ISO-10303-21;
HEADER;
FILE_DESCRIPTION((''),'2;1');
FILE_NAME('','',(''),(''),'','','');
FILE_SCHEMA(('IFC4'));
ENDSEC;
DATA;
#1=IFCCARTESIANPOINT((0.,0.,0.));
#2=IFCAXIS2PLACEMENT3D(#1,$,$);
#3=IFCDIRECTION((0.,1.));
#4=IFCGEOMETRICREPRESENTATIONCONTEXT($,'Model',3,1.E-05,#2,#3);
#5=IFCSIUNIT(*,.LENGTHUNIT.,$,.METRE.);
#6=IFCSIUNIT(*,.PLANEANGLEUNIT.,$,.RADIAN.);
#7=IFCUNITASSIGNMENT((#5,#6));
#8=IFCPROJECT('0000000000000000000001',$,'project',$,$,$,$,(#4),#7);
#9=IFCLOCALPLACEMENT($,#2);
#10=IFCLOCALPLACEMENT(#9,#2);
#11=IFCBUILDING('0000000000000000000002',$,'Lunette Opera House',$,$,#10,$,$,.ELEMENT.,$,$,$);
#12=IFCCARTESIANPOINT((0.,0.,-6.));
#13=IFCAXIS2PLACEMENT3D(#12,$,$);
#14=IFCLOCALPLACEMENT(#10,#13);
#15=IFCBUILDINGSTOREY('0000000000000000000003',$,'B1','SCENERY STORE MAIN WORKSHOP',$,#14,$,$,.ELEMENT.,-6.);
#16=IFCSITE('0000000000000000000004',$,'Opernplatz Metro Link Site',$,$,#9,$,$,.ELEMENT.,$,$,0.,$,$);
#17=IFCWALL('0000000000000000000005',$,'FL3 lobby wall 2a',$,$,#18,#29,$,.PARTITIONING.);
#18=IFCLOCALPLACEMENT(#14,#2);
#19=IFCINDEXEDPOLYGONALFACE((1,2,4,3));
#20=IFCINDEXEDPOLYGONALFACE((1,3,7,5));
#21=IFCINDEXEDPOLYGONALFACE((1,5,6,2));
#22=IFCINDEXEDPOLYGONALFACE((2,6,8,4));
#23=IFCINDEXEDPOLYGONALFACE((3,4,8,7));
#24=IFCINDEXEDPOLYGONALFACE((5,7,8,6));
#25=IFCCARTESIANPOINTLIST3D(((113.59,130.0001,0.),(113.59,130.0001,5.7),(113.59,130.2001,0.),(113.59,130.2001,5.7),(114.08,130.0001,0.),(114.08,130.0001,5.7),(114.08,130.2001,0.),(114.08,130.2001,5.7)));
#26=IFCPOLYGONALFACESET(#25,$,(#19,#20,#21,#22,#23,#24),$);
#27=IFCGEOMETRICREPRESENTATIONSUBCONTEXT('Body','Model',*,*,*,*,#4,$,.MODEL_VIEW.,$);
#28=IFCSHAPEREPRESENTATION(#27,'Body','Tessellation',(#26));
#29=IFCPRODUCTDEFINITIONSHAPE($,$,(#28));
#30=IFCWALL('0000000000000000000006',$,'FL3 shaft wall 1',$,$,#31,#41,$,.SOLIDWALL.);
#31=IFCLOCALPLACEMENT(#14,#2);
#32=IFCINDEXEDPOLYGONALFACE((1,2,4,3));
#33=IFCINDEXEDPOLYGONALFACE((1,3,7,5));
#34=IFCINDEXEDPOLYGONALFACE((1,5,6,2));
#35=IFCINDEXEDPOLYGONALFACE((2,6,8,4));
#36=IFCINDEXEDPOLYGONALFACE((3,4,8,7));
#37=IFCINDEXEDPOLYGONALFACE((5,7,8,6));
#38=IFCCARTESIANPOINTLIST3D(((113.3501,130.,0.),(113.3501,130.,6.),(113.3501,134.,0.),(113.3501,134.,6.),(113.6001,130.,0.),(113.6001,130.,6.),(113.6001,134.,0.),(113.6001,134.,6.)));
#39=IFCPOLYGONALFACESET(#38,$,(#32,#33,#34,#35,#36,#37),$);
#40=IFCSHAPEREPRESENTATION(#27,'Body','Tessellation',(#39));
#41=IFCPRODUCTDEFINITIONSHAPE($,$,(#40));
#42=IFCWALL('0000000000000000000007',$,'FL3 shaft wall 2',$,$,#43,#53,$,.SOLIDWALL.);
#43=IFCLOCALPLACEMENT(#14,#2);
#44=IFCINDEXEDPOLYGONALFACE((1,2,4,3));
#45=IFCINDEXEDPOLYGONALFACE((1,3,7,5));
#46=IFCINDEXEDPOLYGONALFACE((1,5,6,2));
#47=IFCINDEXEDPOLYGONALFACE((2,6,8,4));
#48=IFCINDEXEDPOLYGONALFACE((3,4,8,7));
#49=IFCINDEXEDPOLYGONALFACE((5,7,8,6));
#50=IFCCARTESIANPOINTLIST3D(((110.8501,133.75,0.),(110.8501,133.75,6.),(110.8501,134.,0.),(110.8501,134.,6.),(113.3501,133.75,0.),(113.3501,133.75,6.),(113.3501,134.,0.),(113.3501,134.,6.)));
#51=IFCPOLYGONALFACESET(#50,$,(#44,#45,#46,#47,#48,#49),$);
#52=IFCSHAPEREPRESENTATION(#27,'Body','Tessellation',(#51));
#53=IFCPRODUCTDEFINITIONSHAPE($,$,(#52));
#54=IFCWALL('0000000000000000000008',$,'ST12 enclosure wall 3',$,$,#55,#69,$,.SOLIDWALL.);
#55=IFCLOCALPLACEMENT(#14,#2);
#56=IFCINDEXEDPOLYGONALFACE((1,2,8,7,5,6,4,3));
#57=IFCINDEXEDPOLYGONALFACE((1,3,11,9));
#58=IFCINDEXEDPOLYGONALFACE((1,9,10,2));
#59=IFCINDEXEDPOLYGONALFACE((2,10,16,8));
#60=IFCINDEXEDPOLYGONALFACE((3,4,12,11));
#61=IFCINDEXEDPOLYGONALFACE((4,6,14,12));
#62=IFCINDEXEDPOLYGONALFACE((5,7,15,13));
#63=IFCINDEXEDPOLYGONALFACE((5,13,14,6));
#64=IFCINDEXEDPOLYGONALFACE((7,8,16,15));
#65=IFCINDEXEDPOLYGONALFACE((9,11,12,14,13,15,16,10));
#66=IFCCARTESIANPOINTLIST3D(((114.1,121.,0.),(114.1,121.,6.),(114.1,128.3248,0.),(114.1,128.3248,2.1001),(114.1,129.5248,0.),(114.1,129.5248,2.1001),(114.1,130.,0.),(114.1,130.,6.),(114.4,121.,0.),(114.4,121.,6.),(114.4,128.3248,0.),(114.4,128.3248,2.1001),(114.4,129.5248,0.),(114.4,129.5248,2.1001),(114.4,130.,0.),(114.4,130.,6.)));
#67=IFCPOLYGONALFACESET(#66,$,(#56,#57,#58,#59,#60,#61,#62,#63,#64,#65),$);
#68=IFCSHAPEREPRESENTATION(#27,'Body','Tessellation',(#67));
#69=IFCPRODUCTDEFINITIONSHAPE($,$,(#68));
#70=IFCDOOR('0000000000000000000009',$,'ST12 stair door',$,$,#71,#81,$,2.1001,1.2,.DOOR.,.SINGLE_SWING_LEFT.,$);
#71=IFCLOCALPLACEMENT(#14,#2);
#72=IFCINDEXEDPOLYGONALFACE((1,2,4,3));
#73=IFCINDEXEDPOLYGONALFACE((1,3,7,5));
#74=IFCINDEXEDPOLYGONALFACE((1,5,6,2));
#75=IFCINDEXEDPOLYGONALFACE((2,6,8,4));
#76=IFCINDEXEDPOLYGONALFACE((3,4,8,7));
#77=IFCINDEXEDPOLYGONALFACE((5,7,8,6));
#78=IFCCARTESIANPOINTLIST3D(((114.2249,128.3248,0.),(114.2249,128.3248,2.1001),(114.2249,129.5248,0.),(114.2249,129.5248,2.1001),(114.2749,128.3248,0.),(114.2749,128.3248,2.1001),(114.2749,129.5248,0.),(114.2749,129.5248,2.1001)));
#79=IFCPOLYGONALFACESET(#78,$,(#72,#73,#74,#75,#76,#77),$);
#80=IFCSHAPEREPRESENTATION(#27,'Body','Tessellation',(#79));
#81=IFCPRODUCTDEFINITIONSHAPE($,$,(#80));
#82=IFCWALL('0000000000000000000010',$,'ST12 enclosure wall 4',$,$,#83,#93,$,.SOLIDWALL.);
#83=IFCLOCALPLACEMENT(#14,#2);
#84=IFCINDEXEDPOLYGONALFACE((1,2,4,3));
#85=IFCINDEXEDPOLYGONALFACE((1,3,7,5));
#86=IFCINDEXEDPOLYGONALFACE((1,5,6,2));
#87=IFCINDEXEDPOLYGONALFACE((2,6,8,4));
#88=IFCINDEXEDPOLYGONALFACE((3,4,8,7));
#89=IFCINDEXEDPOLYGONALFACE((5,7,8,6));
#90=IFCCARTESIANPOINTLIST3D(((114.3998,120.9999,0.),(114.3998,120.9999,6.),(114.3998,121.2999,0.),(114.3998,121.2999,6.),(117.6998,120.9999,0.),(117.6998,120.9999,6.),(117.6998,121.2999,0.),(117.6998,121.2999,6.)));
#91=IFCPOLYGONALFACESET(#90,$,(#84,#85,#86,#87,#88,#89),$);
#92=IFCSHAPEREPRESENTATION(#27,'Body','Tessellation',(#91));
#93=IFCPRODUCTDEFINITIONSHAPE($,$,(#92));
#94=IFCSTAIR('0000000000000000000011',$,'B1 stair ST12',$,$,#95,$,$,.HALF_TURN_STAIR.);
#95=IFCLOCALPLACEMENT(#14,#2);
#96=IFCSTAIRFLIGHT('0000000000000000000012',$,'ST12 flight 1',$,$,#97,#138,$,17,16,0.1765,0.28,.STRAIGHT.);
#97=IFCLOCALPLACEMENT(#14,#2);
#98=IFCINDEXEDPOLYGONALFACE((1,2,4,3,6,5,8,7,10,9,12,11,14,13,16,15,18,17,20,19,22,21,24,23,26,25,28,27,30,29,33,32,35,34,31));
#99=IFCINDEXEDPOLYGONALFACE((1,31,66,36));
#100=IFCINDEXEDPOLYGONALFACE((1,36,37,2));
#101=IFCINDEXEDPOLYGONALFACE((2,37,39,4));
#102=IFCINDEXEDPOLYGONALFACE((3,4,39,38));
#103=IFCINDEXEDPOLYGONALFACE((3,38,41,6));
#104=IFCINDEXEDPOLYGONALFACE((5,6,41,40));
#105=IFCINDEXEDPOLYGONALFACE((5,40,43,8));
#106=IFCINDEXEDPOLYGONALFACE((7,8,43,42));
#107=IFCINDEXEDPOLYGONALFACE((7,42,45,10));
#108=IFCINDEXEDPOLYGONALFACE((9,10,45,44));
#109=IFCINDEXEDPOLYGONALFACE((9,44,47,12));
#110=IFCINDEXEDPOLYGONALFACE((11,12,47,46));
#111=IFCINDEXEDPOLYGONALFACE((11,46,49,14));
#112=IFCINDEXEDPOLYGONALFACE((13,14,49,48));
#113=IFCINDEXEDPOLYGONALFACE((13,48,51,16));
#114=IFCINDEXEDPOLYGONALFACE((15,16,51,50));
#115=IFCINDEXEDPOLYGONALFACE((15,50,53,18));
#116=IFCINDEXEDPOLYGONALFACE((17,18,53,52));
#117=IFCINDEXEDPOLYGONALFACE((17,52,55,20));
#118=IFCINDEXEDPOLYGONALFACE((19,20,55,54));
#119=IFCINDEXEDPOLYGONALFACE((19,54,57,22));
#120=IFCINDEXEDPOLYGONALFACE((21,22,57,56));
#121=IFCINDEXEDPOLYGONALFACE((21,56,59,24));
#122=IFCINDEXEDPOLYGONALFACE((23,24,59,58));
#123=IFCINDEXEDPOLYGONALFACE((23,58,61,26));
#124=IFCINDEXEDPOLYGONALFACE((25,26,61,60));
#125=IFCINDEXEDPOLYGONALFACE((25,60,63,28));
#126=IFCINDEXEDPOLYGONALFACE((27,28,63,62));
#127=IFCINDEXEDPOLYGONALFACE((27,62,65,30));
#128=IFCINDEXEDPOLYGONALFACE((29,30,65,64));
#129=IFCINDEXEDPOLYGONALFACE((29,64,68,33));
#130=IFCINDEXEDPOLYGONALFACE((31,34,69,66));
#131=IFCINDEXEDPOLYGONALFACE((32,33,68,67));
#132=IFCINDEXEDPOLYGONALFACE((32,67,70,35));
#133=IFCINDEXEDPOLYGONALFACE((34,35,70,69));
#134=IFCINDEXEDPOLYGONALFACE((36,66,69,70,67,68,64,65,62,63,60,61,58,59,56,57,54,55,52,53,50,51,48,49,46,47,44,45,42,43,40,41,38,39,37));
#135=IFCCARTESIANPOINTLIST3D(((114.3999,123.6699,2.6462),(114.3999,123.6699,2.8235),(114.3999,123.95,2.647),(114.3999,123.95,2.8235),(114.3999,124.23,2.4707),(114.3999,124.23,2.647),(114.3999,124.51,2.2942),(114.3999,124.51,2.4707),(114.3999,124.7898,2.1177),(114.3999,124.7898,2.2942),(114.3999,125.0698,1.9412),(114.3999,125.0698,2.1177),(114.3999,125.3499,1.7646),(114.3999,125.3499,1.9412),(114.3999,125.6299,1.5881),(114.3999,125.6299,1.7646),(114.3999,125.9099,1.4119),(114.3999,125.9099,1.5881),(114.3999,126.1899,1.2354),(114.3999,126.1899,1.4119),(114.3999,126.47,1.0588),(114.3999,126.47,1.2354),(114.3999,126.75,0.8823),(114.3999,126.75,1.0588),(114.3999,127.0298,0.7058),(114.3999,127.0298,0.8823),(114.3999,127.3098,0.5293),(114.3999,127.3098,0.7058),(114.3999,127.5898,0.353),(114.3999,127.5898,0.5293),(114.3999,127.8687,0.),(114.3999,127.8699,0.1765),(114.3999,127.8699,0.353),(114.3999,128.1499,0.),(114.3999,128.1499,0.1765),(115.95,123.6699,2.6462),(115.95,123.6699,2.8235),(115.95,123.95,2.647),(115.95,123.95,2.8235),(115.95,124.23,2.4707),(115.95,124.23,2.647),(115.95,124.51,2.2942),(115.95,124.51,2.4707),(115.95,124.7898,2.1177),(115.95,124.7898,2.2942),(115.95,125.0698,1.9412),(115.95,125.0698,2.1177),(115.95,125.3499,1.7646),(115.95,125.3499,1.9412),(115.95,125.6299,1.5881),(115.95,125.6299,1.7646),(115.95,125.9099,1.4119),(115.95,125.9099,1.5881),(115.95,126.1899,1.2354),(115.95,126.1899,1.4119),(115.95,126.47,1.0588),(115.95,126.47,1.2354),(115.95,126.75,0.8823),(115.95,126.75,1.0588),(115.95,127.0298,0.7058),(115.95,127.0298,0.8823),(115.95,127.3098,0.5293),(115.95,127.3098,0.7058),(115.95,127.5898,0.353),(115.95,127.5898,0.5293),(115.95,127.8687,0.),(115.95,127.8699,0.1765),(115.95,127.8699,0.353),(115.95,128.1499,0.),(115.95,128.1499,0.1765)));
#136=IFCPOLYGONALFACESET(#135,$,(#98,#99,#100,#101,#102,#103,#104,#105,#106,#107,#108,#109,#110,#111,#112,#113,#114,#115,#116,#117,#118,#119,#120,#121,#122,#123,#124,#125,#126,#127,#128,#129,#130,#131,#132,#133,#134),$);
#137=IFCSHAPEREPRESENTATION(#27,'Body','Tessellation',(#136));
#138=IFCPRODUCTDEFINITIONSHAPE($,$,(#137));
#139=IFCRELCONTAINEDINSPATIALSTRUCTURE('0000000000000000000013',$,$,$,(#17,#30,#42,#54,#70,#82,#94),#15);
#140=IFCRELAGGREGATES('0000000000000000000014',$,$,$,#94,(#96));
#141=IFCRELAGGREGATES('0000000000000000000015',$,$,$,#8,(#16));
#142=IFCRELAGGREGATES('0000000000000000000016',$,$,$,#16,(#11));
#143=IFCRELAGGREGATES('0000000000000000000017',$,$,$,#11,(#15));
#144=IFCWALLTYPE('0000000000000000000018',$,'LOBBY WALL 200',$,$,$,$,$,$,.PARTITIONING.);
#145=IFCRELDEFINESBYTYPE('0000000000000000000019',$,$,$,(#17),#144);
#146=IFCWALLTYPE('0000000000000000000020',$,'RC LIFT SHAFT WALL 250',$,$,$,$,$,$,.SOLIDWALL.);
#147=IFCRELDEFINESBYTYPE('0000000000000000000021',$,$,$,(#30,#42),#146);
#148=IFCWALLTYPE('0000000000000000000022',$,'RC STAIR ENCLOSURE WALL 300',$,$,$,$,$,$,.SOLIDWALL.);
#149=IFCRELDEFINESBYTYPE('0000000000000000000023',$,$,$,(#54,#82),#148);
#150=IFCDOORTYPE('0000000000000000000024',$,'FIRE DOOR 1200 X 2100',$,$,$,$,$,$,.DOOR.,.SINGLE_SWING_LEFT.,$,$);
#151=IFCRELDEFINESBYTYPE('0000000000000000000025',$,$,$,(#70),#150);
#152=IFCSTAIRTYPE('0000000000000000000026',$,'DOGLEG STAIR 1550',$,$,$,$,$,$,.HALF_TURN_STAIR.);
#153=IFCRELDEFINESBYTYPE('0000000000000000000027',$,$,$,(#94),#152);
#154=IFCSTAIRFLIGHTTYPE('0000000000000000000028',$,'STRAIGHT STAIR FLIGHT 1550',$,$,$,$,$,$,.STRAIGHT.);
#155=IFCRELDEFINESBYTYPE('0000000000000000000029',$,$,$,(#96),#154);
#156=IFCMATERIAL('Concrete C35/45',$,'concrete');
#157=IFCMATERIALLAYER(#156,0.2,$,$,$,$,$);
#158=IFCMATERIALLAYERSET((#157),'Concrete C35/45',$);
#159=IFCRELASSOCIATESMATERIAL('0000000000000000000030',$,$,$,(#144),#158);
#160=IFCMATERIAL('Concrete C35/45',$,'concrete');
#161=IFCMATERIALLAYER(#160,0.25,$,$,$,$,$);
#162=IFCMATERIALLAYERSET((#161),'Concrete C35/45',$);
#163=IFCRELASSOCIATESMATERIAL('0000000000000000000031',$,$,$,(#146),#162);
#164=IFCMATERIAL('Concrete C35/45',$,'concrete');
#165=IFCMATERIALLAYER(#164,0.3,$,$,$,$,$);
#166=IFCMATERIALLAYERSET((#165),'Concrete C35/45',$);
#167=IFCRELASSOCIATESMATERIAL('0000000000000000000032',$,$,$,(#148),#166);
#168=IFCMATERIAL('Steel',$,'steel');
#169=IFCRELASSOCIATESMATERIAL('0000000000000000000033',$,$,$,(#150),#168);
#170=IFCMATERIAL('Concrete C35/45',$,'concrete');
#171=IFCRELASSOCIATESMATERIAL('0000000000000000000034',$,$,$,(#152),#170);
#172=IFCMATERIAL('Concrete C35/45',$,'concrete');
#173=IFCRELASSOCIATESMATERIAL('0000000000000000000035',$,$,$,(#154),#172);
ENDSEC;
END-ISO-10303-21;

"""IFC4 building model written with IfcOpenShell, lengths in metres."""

from ifc_helpers import new_model, si_unit, direction, frame, frame_2d, origin, place, context, subcontext, project, spatial, polyline, rectangle, outline, extrude, material, layer, layer_set, type_object, element, fill, aggregate, save


model = new_model("IFC4")

# Units and contexts
model_context = context("Model", 3, precision=1e-05, world=origin(), true_north=direction((0.0, 1.0)))
body_context = subcontext(model_context, "Body", "Model", "MODEL_VIEW")
ifc_project = project(units=[si_unit("LENGTHUNIT", "METRE"), si_unit("PLANEANGLEUNIT", "RADIAN")], contexts=[model_context])

# Site, building, storey
site_placement = place(None, origin())
site = spatial("IfcSite", under=ifc_project, at=site_placement, Name="Opernplatz Metro Link Site", CompositionType="ELEMENT", RefElevation=0.0)
building_placement = place(site_placement, origin())
building = spatial("IfcBuilding", under=site, at=building_placement, Name="Lunette Opera House", CompositionType="ELEMENT")
storey_placement = place(building_placement, frame((0.0, 0.0, -6.0)))
storey = spatial("IfcBuildingStorey", under=building, at=storey_placement, Name="B1", Description="SCENERY STORE MAIN WORKSHOP", CompositionType="ELEMENT", Elevation=-6.0)

# Walls
ifc_material_1 = material(Name="Concrete C35/45", Category="concrete")
ifc_layer_1 = layer(ifc_material_1, 0.2)
ifc_layer_set_1 = layer_set([ifc_layer_1], Name="Concrete C35/45")
wall_type_1 = type_object("IfcWallType", Name="LOBBY WALL 200", PredefinedType="PARTITIONING", material=ifc_layer_set_1)
wall_1_placement = place(storey_placement, frame((114.0801, 130.1001, 0.0), z_axis=(0.0, 0.0, 1.0), x_axis=(-1.0, 0.0, 0.0)))
element("IfcWall", 1, at=wall_1_placement, inside=storey, type_object=wall_type_1, Name="FL3 lobby wall 2a", PredefinedType="PARTITIONING", context=body_context, shape_type="SweptSolid", body=[
    extrude(rectangle(XDim=0.49, YDim=0.2, at=frame_2d((0.2451, 0.0))), origin(), (0.0, 0.0, 1.0), 5.7),
])
ifc_material_2 = material(Name="Concrete C35/45", Category="concrete")
ifc_layer_2 = layer(ifc_material_2, 0.25)
ifc_layer_set_2 = layer_set([ifc_layer_2], Name="Concrete C35/45")
wall_type_2 = type_object("IfcWallType", Name="RC LIFT SHAFT WALL 250", PredefinedType="SOLIDWALL", material=ifc_layer_set_2)
wall_2_placement = place(storey_placement, frame((113.4751, 130.0, 0.0), z_axis=(0.0, 0.0, 1.0), x_axis=(0.0, 1.0, 0.0)))
element("IfcWall", 2, at=wall_2_placement, inside=storey, type_object=wall_type_2, Name="FL3 shaft wall 1", PredefinedType="SOLIDWALL", context=body_context, shape_type="SweptSolid", body=[
    extrude(rectangle(XDim=4.0, YDim=0.25, at=frame_2d((2.0, 0.0))), origin(), (0.0, 0.0, 1.0), 6.0),
])
wall_3_placement = place(storey_placement, frame((113.3501, 133.875, 0.0), z_axis=(0.0, 0.0, 1.0), x_axis=(-1.0, 0.0, 0.0)))
element("IfcWall", 3, at=wall_3_placement, inside=storey, type_object=wall_type_2, Name="FL3 shaft wall 2", PredefinedType="SOLIDWALL", context=body_context, shape_type="SweptSolid", body=[
    extrude(rectangle(XDim=2.5, YDim=0.25, at=frame_2d((1.25, 0.0))), origin(), (0.0, 0.0, 1.0), 6.0),
])

# Wall, opening, door
ifc_material_3 = material(Name="Concrete C35/45", Category="concrete")
ifc_layer_3 = layer(ifc_material_3, 0.3)
ifc_layer_set_3 = layer_set([ifc_layer_3], Name="Concrete C35/45")
wall_type_3 = type_object("IfcWallType", Name="RC STAIR ENCLOSURE WALL 300", PredefinedType="SOLIDWALL", material=ifc_layer_set_3)
wall_4_placement = place(storey_placement, frame((114.25, 130.0, 0.0), z_axis=(0.0, 0.0, 1.0), x_axis=(0.0, -1.0, 0.0)))
wall_4 = element("IfcWall", 4, at=wall_4_placement, inside=storey, type_object=wall_type_3, Name="ST12 enclosure wall 3", PredefinedType="SOLIDWALL", context=body_context, shape_type="SweptSolid", body=[
    extrude(rectangle(XDim=9.0, YDim=0.3, at=frame_2d((4.5, 0.0))), origin(), (0.0, 0.0, 1.0), 6.0),
])
opening_placement = place(wall_4_placement, frame((0.4751, 0.0, 0.0)))
opening = element("IfcOpeningElement", 5, at=opening_placement, cuts=wall_4, PredefinedType="OPENING", context=body_context, shape_type="SweptSolid", body=[
    extrude(rectangle(XDim=1.2, YDim=2.1001, at=frame_2d((0.6001, 1.05))), frame((0.0, 0.1621, 0.0), z_axis=(0.0, -1.0, 0.0), x_axis=(1.0, 0.0, 0.0)), (0.0, 0.0, 1.0), 0.324),
])
ifc_material_4 = material(Name="Steel", Category="steel")
door_type = type_object("IfcDoorType", Name="FIRE DOOR 1200 X 2100", OperationType="SINGLE_SWING_LEFT", PredefinedType="DOOR", material=ifc_material_4)
door_placement = place(opening_placement, origin())
door = element("IfcDoor", 6, at=door_placement, inside=storey, type_object=door_type, Name="ST12 stair door", OperationType="SINGLE_SWING_LEFT", OverallHeight=2.1001, OverallWidth=1.2, PredefinedType="DOOR", context=body_context, shape_type="SweptSolid", body=[
    extrude(rectangle(XDim=1.2, YDim=2.1001, at=frame_2d((0.6001, 1.05))), frame((0.0, 0.0249, 0.0), z_axis=(0.0, -1.0, 0.0), x_axis=(1.0, 0.0, 0.0)), (0.0, 0.0, 1.0), 0.05),
])
fill(opening, door)

# Wall
wall_5_placement = place(storey_placement, frame((114.3999, 121.1499, 0.0), z_axis=(0.0, 0.0, 1.0), x_axis=(1.0, 0.0, 0.0)))
element("IfcWall", 7, at=wall_5_placement, inside=storey, type_object=wall_type_3, Name="ST12 enclosure wall 4", PredefinedType="SOLIDWALL", context=body_context, shape_type="SweptSolid", body=[
    extrude(rectangle(XDim=3.3, YDim=0.3, at=frame_2d((1.6499, 0.0))), origin(), (0.0, 0.0, 1.0), 6.0),
])

# Stair, stair flight
ifc_material_5 = material(Name="Concrete C35/45", Category="concrete")
stair_type = type_object("IfcStairType", Name="DOGLEG STAIR 1550", PredefinedType="HALF_TURN_STAIR", material=ifc_material_5)
stair_placement = place(storey_placement, origin())
stair = element("IfcStair", 8, at=stair_placement, inside=storey, type_object=stair_type, Name="B1 stair ST12", PredefinedType="HALF_TURN_STAIR")
ifc_material_6 = material(Name="Concrete C35/45", Category="concrete")
stair_flight_type = type_object("IfcStairFlightType", Name="STRAIGHT STAIR FLIGHT 1550", PredefinedType="STRAIGHT", material=ifc_material_6)
stair_flight_1_placement = place(storey_placement, frame((115.175, 128.1499, 0.0), z_axis=(0.0, 0.0, 1.0), x_axis=(0.0, -1.0, 0.0)))
stair_flight_1 = element("IfcStairFlight", 9, at=stair_flight_1_placement, type_object=stair_flight_type, Name="ST12 flight 1", NumberOfRisers=17, NumberOfTreads=16, PredefinedType="STRAIGHT", RiserHeight=0.1765, TreadLength=0.28, context=body_context, shape_type="SweptSolid", body=[
    extrude(outline(polyline([(0.0, 0.0), (0.0, 0.1765), (0.28, 0.1765), (0.28, 0.353), (0.5601, 0.353), (0.5601, 0.5293), (0.8401, 0.5293), (0.8401, 0.7058), (1.1201, 0.7058), (1.1201, 0.8823), (1.3999, 0.8823), (1.3999, 1.0588), (1.6799, 1.0588), (1.6799, 1.2354), (1.96, 1.2354), (1.96, 1.4119), (2.24, 1.4119), (2.24, 1.5881), (2.52, 1.5881), (2.52, 1.7646), (2.8, 1.7646), (2.8, 1.9412), (3.0801, 1.9412), (3.0801, 2.1177), (3.3601, 2.1177), (3.3601, 2.2942), (3.6399, 2.2942), (3.6399, 2.4707), (3.9199, 2.4707), (3.9199, 2.647), (4.2, 2.647), (4.2, 2.8235), (4.48, 2.8235), (4.48, 3.0), (4.48, 2.6462), (0.2812, 0.0), (0.0, 0.0)])), frame((0.0, 0.7749, 0.0), z_axis=(0.0, -1.0, 0.0), x_axis=(1.0, 0.0, 0.0)), (0.0, 0.0, 1.0), 1.55),
])
aggregate(stair, [stair_flight_1])

save(model, "model.ifc")
